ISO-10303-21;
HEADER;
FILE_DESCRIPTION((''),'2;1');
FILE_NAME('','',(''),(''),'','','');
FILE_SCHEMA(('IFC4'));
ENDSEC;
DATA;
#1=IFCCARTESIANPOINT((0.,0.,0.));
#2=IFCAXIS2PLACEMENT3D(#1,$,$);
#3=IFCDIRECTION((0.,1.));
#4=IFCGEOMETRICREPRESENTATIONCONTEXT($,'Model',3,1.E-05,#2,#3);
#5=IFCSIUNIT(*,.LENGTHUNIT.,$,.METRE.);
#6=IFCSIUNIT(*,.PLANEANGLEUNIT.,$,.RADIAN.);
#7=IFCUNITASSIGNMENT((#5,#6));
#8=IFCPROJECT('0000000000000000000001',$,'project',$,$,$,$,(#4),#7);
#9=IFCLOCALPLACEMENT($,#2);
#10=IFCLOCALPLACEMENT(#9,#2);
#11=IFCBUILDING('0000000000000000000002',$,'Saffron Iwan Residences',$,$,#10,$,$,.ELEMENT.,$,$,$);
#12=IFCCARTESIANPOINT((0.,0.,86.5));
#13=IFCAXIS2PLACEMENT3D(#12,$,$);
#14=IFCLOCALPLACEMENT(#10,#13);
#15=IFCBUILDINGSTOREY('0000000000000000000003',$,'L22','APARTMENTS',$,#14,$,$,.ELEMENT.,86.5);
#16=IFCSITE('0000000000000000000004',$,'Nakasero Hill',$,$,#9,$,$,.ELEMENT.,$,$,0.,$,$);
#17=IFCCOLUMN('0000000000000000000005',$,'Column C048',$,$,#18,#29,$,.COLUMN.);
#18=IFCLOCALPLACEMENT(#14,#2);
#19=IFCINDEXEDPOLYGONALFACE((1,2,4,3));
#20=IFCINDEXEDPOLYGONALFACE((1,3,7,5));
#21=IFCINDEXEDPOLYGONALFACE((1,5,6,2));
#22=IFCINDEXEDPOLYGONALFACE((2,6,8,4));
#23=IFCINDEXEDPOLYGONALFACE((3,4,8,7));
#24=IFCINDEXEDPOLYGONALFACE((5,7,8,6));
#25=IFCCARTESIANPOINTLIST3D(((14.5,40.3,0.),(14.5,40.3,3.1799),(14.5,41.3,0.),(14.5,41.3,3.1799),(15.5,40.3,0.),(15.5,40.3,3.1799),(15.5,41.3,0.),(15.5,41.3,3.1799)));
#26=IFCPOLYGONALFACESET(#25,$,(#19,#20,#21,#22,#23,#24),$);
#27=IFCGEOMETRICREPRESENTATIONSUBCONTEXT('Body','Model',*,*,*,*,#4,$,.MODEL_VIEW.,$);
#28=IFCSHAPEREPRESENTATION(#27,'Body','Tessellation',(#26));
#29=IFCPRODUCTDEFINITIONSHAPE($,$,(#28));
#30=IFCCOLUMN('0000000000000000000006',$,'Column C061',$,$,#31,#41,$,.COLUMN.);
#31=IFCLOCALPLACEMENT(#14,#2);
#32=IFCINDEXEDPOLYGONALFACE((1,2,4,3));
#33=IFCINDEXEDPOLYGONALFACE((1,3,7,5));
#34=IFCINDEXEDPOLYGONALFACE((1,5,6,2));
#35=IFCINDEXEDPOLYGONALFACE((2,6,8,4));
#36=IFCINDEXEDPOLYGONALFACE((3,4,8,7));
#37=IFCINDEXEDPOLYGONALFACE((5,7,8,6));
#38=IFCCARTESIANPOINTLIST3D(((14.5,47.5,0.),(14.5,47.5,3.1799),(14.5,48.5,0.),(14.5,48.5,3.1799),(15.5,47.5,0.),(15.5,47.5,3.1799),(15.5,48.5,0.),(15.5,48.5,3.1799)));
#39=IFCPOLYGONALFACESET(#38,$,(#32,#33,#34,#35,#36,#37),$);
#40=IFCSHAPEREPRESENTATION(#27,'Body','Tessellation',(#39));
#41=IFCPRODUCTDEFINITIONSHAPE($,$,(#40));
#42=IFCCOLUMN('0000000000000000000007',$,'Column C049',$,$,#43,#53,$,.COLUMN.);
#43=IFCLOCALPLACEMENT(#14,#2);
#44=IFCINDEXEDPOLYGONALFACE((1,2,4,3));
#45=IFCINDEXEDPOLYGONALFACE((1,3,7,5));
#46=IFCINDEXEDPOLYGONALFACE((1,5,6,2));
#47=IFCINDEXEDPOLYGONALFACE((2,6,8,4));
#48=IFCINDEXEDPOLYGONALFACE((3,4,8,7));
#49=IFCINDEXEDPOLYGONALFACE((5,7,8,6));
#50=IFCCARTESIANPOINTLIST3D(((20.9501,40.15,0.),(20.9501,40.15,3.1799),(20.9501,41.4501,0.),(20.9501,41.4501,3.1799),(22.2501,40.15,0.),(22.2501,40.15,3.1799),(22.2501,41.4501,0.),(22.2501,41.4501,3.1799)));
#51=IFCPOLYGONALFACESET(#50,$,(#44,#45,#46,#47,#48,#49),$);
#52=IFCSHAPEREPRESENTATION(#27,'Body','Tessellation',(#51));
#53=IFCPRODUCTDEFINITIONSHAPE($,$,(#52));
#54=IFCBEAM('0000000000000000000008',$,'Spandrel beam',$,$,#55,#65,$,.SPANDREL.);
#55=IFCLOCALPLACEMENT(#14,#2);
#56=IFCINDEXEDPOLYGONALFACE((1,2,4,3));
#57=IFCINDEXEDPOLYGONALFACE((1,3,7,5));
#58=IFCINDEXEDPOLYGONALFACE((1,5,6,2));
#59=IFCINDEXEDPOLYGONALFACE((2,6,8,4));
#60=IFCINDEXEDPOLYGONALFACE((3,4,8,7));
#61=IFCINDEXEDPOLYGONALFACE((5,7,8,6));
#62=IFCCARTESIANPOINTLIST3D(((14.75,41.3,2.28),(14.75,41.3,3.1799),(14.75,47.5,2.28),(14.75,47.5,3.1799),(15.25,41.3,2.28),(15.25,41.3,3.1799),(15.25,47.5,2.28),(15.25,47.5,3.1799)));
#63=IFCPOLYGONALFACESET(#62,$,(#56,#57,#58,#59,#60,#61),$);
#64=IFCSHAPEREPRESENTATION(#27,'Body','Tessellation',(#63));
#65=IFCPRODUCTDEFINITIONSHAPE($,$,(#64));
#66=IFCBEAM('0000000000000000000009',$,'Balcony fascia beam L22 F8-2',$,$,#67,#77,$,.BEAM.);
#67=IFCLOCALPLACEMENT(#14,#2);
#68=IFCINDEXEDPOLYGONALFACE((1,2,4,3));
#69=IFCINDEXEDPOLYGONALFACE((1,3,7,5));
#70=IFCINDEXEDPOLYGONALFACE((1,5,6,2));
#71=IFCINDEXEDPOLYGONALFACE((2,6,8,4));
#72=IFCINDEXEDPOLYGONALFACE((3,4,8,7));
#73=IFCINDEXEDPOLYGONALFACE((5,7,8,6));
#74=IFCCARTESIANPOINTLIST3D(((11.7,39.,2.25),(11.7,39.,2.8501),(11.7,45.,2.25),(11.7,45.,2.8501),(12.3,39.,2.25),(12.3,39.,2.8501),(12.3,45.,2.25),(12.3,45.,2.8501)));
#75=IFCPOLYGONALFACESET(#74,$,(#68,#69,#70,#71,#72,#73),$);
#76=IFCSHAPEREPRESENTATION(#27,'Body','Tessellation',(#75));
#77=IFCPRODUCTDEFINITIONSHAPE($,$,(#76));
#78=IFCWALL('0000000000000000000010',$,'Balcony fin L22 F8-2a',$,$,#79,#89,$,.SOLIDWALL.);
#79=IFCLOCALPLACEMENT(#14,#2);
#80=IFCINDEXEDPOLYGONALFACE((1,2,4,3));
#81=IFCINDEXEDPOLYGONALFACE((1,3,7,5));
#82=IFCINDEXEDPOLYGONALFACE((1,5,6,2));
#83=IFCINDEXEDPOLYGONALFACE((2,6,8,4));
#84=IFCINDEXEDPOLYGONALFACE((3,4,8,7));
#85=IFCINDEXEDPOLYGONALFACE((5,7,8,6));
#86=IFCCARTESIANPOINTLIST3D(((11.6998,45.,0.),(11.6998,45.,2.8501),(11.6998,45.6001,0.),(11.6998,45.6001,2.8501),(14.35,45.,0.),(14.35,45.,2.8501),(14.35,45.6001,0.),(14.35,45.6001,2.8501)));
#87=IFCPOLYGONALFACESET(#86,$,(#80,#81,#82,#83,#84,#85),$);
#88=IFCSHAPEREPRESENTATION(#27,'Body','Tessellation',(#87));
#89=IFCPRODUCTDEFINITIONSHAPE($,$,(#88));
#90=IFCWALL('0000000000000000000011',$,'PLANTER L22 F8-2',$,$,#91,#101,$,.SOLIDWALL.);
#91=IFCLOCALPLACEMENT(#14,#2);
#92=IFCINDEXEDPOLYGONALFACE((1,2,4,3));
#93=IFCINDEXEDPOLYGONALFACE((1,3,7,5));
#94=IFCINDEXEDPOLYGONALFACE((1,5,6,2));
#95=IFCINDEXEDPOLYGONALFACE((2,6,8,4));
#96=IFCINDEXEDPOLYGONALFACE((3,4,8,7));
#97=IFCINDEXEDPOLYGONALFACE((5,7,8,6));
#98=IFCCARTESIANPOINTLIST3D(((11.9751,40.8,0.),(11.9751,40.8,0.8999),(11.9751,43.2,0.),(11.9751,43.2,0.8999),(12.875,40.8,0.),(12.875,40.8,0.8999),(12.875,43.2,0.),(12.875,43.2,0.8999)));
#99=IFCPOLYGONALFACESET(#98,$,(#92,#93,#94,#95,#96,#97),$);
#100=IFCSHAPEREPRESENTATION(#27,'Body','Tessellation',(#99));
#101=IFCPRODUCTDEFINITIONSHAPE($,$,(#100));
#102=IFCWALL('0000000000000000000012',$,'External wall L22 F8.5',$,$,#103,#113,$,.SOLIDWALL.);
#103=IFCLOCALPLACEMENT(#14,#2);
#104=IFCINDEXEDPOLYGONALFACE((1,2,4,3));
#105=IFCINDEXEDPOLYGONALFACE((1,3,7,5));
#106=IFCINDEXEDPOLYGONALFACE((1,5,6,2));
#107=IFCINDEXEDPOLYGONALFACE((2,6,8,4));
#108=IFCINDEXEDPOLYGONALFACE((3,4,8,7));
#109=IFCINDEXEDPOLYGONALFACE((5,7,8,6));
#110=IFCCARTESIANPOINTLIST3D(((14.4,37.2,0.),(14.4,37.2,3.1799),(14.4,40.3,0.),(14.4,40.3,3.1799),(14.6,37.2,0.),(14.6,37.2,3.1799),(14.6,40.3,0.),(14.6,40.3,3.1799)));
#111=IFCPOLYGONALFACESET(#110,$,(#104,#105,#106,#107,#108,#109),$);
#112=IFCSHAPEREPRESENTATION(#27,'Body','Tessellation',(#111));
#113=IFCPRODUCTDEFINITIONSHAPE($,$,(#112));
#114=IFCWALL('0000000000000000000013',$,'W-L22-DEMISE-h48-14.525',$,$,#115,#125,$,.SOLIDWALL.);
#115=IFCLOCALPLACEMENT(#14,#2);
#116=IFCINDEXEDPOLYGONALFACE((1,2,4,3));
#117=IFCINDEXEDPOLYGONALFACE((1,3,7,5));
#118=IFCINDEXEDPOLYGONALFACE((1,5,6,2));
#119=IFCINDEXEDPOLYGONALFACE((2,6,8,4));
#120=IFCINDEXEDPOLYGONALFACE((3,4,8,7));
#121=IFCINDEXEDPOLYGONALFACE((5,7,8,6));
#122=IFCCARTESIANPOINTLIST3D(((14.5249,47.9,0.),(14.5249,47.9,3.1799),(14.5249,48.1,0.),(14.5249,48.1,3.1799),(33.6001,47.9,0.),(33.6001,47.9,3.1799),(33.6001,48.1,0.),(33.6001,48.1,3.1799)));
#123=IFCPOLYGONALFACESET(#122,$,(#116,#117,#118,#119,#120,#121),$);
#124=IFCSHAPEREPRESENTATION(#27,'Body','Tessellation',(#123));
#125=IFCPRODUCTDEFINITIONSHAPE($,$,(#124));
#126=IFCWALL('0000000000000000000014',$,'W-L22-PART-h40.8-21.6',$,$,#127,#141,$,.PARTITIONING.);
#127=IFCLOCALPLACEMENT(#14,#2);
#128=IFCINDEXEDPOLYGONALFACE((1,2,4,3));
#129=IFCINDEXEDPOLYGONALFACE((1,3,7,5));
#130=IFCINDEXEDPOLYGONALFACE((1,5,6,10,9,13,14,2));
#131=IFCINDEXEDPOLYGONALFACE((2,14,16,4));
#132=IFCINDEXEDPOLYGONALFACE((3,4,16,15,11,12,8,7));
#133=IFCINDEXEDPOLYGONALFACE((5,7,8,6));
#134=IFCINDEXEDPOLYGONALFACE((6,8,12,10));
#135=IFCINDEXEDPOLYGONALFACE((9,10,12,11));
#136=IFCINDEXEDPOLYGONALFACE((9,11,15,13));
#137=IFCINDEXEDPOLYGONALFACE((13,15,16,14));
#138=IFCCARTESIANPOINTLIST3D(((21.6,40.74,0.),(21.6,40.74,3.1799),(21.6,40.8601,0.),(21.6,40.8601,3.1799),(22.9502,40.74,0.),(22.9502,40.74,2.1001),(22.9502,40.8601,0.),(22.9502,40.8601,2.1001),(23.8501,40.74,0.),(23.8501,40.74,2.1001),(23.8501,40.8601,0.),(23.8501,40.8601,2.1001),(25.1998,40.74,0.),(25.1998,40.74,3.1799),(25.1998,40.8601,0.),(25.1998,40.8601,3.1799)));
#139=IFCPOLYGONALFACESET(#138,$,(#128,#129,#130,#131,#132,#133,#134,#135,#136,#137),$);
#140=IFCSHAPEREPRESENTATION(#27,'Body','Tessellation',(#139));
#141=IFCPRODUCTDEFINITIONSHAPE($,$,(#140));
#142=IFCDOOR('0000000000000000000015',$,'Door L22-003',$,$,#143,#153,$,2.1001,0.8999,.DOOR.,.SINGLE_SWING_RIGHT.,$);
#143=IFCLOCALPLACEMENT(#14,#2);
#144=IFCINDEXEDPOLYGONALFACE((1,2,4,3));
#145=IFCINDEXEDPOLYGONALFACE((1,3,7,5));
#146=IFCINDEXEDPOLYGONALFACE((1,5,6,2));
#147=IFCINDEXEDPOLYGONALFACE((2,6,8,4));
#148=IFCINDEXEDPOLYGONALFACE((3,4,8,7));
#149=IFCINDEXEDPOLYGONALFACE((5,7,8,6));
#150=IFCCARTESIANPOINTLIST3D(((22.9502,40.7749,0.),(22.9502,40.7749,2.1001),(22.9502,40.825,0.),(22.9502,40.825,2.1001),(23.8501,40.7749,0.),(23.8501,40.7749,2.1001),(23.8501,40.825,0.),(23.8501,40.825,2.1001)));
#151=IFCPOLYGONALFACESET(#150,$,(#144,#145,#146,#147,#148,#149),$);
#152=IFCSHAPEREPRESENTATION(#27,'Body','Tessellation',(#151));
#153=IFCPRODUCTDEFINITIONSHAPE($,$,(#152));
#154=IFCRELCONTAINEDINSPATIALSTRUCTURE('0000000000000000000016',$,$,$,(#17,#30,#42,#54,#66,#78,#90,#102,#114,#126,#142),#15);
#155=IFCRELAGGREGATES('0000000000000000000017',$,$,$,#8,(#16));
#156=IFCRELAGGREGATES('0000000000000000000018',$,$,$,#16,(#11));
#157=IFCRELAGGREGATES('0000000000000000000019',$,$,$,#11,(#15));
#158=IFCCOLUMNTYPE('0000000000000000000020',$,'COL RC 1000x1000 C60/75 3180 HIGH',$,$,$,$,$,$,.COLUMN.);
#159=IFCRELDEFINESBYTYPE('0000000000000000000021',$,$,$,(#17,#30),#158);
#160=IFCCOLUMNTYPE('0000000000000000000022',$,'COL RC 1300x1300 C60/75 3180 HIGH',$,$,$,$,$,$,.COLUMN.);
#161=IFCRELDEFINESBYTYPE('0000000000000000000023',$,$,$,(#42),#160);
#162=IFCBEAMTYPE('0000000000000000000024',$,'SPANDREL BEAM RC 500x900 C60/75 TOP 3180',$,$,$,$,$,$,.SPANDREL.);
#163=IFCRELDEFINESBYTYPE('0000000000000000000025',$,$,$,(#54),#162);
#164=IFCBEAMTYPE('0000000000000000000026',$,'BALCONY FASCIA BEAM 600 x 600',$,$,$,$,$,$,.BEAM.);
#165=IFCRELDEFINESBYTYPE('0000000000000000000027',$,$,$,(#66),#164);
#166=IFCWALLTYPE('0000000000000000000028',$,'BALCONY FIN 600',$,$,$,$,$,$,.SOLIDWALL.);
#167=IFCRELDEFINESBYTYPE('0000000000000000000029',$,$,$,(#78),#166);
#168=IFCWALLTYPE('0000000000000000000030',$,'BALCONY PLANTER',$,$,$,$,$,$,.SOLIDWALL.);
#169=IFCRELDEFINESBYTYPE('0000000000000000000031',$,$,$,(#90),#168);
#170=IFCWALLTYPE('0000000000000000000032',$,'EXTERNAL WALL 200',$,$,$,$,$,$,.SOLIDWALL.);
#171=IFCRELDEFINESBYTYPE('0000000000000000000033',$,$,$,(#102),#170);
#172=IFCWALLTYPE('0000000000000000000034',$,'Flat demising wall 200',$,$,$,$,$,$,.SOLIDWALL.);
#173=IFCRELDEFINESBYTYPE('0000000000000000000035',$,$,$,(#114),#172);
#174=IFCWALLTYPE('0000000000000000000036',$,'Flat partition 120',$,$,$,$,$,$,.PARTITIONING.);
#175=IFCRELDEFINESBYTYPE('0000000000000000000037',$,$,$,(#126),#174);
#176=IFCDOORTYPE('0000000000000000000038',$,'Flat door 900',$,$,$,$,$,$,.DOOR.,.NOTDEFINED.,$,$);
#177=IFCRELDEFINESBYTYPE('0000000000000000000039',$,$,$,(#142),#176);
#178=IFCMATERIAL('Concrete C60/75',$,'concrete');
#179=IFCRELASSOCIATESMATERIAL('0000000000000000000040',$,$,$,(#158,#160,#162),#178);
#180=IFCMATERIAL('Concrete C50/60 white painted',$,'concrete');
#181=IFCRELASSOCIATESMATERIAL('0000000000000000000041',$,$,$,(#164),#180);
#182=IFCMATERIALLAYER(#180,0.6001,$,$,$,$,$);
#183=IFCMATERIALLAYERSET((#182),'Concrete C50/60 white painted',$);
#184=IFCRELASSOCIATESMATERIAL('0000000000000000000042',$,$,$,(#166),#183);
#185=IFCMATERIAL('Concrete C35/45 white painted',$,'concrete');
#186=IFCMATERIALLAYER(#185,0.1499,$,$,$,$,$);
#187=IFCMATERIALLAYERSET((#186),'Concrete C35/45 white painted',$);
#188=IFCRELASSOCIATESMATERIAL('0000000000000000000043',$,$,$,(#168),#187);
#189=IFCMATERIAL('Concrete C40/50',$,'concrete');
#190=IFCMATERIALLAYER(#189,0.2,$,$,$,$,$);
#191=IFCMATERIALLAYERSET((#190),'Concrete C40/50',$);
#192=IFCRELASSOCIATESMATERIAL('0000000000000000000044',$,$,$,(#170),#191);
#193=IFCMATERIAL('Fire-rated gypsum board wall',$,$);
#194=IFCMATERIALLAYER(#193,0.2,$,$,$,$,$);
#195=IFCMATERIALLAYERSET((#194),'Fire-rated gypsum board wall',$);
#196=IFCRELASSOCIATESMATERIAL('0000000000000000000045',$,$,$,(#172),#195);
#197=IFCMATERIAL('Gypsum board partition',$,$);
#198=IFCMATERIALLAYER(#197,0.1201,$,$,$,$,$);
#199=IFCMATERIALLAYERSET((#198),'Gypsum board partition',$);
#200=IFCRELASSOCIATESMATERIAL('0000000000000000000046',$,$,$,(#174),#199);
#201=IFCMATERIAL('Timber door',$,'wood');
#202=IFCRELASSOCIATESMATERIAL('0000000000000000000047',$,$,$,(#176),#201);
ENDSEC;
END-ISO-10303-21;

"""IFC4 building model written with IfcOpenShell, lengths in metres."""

from ifc_helpers import new_model, si_unit, direction, frame, frame_2d, origin, origin_2d, place, context, subcontext, project, spatial, rectangle, extrude, source, transform, mapped, material, layer, layer_set, material_profile, profile_set, type_object, element, fill, save


model = new_model("IFC4")

# Units and contexts
model_context = context("Model", 3, precision=1e-05, world=origin(), true_north=direction((0.0, 1.0)))
body_context = subcontext(model_context, "Body", "Model", "MODEL_VIEW")
ifc_project = project(units=[si_unit("LENGTHUNIT", "METRE"), si_unit("PLANEANGLEUNIT", "RADIAN")], contexts=[model_context])

# Site, building, storey
site_placement = place(None, origin())
site = spatial("IfcSite", under=ifc_project, at=site_placement, Name="Nakasero Hill", CompositionType="ELEMENT", RefElevation=0.0)
building_placement = place(site_placement, origin())
building = spatial("IfcBuilding", under=site, at=building_placement, Name="Saffron Iwan Residences", CompositionType="ELEMENT")
storey_placement = place(building_placement, frame((0.0, 0.0, 86.5)))
storey = spatial("IfcBuildingStorey", under=building, at=storey_placement, Name="L22", Description="APARTMENTS", CompositionType="ELEMENT", Elevation=86.5)

# Columns
ifc_material_1 = material(Name="Concrete C60/75", Category="concrete")
ifc_material_profile_1 = material_profile(ifc_material_1, rectangle(XDim=1.0, YDim=1.0, at=origin_2d()), Name="RC 1000x1000")
ifc_profile_set_1 = profile_set([ifc_material_profile_1], Name="Concrete C60/75")
column_type_1 = type_object("IfcColumnType", Name="COL RC 1000x1000 C60/75 3180 HIGH", PredefinedType="COLUMN", material=ifc_profile_set_1)
shared_shape_1 = source(origin(), body_context, "Body", "SweptSolid", [
    extrude(rectangle(XDim=1.0, YDim=1.0, at=origin_2d()), origin(), (0.0, 0.0, 1.0), 3.1799),
])
for number, where, z_axis, x_axis, name in (
    (1, (15.0, 40.8, 0.0), (0.0, 0.0, 1.0), (1.0, 0.0, 0.0), "Column C048"),
    (2, (15.0, 48.0, 0.0), (0.0, 0.0, 1.0), (1.0, 0.0, 0.0), "Column C061"),
):
    element("IfcColumn", number, at=place(storey_placement, frame(where, z_axis=z_axis, x_axis=x_axis)), inside=storey, type_object=column_type_1, Name=name, PredefinedType="COLUMN", context=body_context, shape_type="MappedRepresentation", body=[
        mapped(shared_shape_1, transform((0.0, 0.0, 0.0))),
    ])
ifc_material_profile_2 = material_profile(ifc_material_1, rectangle(XDim=1.3, YDim=1.3, at=origin_2d()), Name="RC 1300x1300")
ifc_profile_set_2 = profile_set([ifc_material_profile_2], Name="Concrete C60/75")
column_type_2 = type_object("IfcColumnType", Name="COL RC 1300x1300 C60/75 3180 HIGH", PredefinedType="COLUMN", material=ifc_profile_set_2)
shared_shape_2 = source(origin(), body_context, "Body", "SweptSolid", [
    extrude(rectangle(XDim=1.3, YDim=1.3, at=origin_2d()), origin(), (0.0, 0.0, 1.0), 3.1799),
])
column_placement = place(storey_placement, frame((21.6001, 40.8, 0.0), z_axis=(0.0, 0.0, 1.0), x_axis=(1.0, 0.0, 0.0)))
element("IfcColumn", 3, at=column_placement, inside=storey, type_object=column_type_2, Name="Column C049", PredefinedType="COLUMN", context=body_context, shape_type="MappedRepresentation", body=[
    mapped(shared_shape_2, transform((0.0, 0.0, 0.0))),
])

# Beams
ifc_material_profile_3 = material_profile(ifc_material_1, rectangle(XDim=0.5, YDim=0.8999, at=origin_2d()), Name="RC 500x900")
ifc_profile_set_3 = profile_set([ifc_material_profile_3], Name="Concrete C60/75")
beam_type_1 = type_object("IfcBeamType", Name="SPANDREL BEAM RC 500x900 C60/75 TOP 3180", PredefinedType="SPANDREL", material=ifc_profile_set_3)
shared_shape_3 = source(origin(), body_context, "Body", "SweptSolid", [
    extrude(rectangle(XDim=0.5, YDim=0.8999, at=origin_2d()), origin(), (0.0, 0.0, 1.0), 6.2),
])
beam_1_placement = place(storey_placement, frame((15.0, 41.3, 2.73), z_axis=(0.0, 1.0, 0.0), x_axis=(-1.0, 0.0, 0.0)))
element("IfcBeam", 4, at=beam_1_placement, inside=storey, type_object=beam_type_1, Name="Spandrel beam", PredefinedType="SPANDREL", context=body_context, shape_type="MappedRepresentation", body=[
    mapped(shared_shape_3, transform((0.0, 0.0, 0.0))),
])
ifc_material_2 = material(Name="Concrete C50/60 white painted", Category="concrete")
ifc_material_profile_4 = material_profile(ifc_material_2, rectangle(XDim=0.6001, YDim=0.6001, at=origin_2d()), Name="BALCONY FASCIA BEAM 600 x 600")
ifc_profile_set_4 = profile_set([ifc_material_profile_4], Name="Concrete C50/60 white painted")
beam_type_2 = type_object("IfcBeamType", Name="BALCONY FASCIA BEAM 600 x 600", PredefinedType="BEAM", material=ifc_profile_set_4)
shared_shape_4 = source(origin(), body_context, "Body", "SweptSolid", [
    extrude(rectangle(XDim=0.6001, YDim=0.6001, at=origin_2d()), origin(), (0.0, 0.0, 1.0), 6.0),
])
beam_2_placement = place(storey_placement, frame((12.0, 45.0, 2.55), z_axis=(0.0, -1.0, 0.0), x_axis=(1.0, 0.0, 0.0)))
element("IfcBeam", 5, at=beam_2_placement, inside=storey, type_object=beam_type_2, Name="Balcony fascia beam L22 F8-2", PredefinedType="BEAM", context=body_context, shape_type="MappedRepresentation", body=[
    mapped(shared_shape_4, transform((0.0, 0.0, 0.0))),
])

# Walls
ifc_layer_1 = layer(ifc_material_2, 0.6001)
ifc_layer_set_1 = layer_set([ifc_layer_1], Name="Concrete C50/60 white painted")
wall_type_1 = type_object("IfcWallType", Name="BALCONY FIN 600", PredefinedType="SOLIDWALL", material=ifc_layer_set_1)
wall_1_placement = place(storey_placement, frame((14.3501, 45.3, 0.0), z_axis=(0.0, 0.0, 1.0), x_axis=(-1.0, 0.0, 0.0)))
element("IfcWall", 6, at=wall_1_placement, inside=storey, type_object=wall_type_1, Name="Balcony fin L22 F8-2a", PredefinedType="SOLIDWALL", context=body_context, shape_type="SweptSolid", body=[
    extrude(rectangle(XDim=2.6501, YDim=0.6001, at=frame_2d((1.3252, 0.0))), origin(), (0.0, 0.0, 1.0), 2.8501),
])
ifc_material_3 = material(Name="Concrete C35/45 white painted", Category="concrete")
ifc_layer_2 = layer(ifc_material_3, 0.1499)
ifc_layer_set_2 = layer_set([ifc_layer_2], Name="Concrete C35/45 white painted")
wall_type_2 = type_object("IfcWallType", Name="BALCONY PLANTER", PredefinedType="SOLIDWALL", material=ifc_layer_set_2)
wall_2_placement = place(storey_placement, frame((12.425, 43.2, 0.0), z_axis=(0.0, 0.0, 1.0), x_axis=(0.0, -1.0, 0.0)))
element("IfcWall", 7, at=wall_2_placement, inside=storey, type_object=wall_type_2, Name="PLANTER L22 F8-2", PredefinedType="SOLIDWALL", context=body_context, shape_type="SweptSolid", body=[
    extrude(rectangle(XDim=2.3999, YDim=0.8999, at=frame_2d((1.2, 0.0))), origin(), (0.0, 0.0, 1.0), 0.8999),
])

# Shared definitions
ifc_material_4 = material(Name="Concrete C40/50", Category="concrete")
ifc_layer_3 = layer(ifc_material_4, 0.2)
ifc_layer_set_3 = layer_set([ifc_layer_3], Name="Concrete C40/50")
wall_type_3 = type_object("IfcWallType", Name="EXTERNAL WALL 200", PredefinedType="SOLIDWALL", material=ifc_layer_set_3)

# Walls
wall_3_placement = place(storey_placement, frame((14.5, 40.3, 0.0), z_axis=(0.0, 0.0, 1.0), x_axis=(0.0, -1.0, 0.0)))
element("IfcWall", 8, at=wall_3_placement, inside=storey, type_object=wall_type_3, Name="External wall L22 F8.5", PredefinedType="SOLIDWALL", context=body_context, shape_type="SweptSolid", body=[
    extrude(rectangle(XDim=3.1001, YDim=0.2, at=frame_2d((1.55, 0.0))), origin(), (0.0, 0.0, 1.0), 3.1799),
])
ifc_material_5 = material(Name="Fire-rated gypsum board wall")
ifc_layer_4 = layer(ifc_material_5, 0.2)
ifc_layer_set_4 = layer_set([ifc_layer_4], Name="Fire-rated gypsum board wall")
wall_type_4 = type_object("IfcWallType", Name="Flat demising wall 200", PredefinedType="SOLIDWALL", material=ifc_layer_set_4)
wall_4_placement = place(storey_placement, frame((14.5249, 48.0, 0.0), z_axis=(0.0, 0.0, 1.0), x_axis=(1.0, 0.0, 0.0)))
element("IfcWall", 9, at=wall_4_placement, inside=storey, type_object=wall_type_4, Name="W-L22-DEMISE-h48-14.525", PredefinedType="SOLIDWALL", context=body_context, shape_type="SweptSolid", body=[
    extrude(rectangle(XDim=19.0752, YDim=0.2, at=frame_2d((9.5376, 0.0))), origin(), (0.0, 0.0, 1.0), 3.1799),
])

# Wall, opening, door
ifc_material_6 = material(Name="Gypsum board partition")
ifc_layer_5 = layer(ifc_material_6, 0.1201)
ifc_layer_set_5 = layer_set([ifc_layer_5], Name="Gypsum board partition")
wall_type_5 = type_object("IfcWallType", Name="Flat partition 120", PredefinedType="PARTITIONING", material=ifc_layer_set_5)
wall_5_placement = place(storey_placement, frame((21.6001, 40.8, 0.0), z_axis=(0.0, 0.0, 1.0), x_axis=(1.0, 0.0, 0.0)))
wall_5 = element("IfcWall", 10, at=wall_5_placement, inside=storey, type_object=wall_type_5, Name="W-L22-PART-h40.8-21.6", PredefinedType="PARTITIONING", context=body_context, shape_type="SweptSolid", body=[
    extrude(rectangle(XDim=3.5999, YDim=0.1201, at=frame_2d((1.7998, 0.0))), origin(), (0.0, 0.0, 1.0), 3.1799),
])
opening_1_placement = place(wall_5_placement, frame((1.3501, 0.0, 0.0)))
opening_1 = element("IfcOpeningElement", 11, at=opening_1_placement, cuts=wall_5, PredefinedType="OPENING", context=body_context, shape_type="SweptSolid", body=[
    extrude(rectangle(XDim=0.8999, YDim=2.1001, at=frame_2d((0.45, 1.05))), frame((0.0, 0.0701, 0.0), z_axis=(0.0, -1.0, 0.0), x_axis=(1.0, 0.0, 0.0)), (0.0, 0.0, 1.0), 0.1401),
])
ifc_material_7 = material(Name="Timber door", Category="wood")
door_type_1 = type_object("IfcDoorType", Name="Flat door 900", OperationType="NOTDEFINED", PredefinedType="DOOR", material=ifc_material_7)
door_1_placement = place(opening_1_placement, origin())
door_1 = element("IfcDoor", 12, at=door_1_placement, inside=storey, type_object=door_type_1, Name="Door L22-003", OperationType="SINGLE_SWING_RIGHT", OverallHeight=2.1001, OverallWidth=0.8999, PredefinedType="DOOR", context=body_context, shape_type="SweptSolid", body=[
    extrude(rectangle(XDim=0.8999, YDim=2.1001, at=frame_2d((0.45, 1.05))), frame((0.0, 0.0249, 0.0), z_axis=(0.0, -1.0, 0.0), x_axis=(1.0, 0.0, 0.0)), (0.0, 0.0, 1.0), 0.05),
])
fill(opening_1, door_1)

save(model, "model.ifc")
